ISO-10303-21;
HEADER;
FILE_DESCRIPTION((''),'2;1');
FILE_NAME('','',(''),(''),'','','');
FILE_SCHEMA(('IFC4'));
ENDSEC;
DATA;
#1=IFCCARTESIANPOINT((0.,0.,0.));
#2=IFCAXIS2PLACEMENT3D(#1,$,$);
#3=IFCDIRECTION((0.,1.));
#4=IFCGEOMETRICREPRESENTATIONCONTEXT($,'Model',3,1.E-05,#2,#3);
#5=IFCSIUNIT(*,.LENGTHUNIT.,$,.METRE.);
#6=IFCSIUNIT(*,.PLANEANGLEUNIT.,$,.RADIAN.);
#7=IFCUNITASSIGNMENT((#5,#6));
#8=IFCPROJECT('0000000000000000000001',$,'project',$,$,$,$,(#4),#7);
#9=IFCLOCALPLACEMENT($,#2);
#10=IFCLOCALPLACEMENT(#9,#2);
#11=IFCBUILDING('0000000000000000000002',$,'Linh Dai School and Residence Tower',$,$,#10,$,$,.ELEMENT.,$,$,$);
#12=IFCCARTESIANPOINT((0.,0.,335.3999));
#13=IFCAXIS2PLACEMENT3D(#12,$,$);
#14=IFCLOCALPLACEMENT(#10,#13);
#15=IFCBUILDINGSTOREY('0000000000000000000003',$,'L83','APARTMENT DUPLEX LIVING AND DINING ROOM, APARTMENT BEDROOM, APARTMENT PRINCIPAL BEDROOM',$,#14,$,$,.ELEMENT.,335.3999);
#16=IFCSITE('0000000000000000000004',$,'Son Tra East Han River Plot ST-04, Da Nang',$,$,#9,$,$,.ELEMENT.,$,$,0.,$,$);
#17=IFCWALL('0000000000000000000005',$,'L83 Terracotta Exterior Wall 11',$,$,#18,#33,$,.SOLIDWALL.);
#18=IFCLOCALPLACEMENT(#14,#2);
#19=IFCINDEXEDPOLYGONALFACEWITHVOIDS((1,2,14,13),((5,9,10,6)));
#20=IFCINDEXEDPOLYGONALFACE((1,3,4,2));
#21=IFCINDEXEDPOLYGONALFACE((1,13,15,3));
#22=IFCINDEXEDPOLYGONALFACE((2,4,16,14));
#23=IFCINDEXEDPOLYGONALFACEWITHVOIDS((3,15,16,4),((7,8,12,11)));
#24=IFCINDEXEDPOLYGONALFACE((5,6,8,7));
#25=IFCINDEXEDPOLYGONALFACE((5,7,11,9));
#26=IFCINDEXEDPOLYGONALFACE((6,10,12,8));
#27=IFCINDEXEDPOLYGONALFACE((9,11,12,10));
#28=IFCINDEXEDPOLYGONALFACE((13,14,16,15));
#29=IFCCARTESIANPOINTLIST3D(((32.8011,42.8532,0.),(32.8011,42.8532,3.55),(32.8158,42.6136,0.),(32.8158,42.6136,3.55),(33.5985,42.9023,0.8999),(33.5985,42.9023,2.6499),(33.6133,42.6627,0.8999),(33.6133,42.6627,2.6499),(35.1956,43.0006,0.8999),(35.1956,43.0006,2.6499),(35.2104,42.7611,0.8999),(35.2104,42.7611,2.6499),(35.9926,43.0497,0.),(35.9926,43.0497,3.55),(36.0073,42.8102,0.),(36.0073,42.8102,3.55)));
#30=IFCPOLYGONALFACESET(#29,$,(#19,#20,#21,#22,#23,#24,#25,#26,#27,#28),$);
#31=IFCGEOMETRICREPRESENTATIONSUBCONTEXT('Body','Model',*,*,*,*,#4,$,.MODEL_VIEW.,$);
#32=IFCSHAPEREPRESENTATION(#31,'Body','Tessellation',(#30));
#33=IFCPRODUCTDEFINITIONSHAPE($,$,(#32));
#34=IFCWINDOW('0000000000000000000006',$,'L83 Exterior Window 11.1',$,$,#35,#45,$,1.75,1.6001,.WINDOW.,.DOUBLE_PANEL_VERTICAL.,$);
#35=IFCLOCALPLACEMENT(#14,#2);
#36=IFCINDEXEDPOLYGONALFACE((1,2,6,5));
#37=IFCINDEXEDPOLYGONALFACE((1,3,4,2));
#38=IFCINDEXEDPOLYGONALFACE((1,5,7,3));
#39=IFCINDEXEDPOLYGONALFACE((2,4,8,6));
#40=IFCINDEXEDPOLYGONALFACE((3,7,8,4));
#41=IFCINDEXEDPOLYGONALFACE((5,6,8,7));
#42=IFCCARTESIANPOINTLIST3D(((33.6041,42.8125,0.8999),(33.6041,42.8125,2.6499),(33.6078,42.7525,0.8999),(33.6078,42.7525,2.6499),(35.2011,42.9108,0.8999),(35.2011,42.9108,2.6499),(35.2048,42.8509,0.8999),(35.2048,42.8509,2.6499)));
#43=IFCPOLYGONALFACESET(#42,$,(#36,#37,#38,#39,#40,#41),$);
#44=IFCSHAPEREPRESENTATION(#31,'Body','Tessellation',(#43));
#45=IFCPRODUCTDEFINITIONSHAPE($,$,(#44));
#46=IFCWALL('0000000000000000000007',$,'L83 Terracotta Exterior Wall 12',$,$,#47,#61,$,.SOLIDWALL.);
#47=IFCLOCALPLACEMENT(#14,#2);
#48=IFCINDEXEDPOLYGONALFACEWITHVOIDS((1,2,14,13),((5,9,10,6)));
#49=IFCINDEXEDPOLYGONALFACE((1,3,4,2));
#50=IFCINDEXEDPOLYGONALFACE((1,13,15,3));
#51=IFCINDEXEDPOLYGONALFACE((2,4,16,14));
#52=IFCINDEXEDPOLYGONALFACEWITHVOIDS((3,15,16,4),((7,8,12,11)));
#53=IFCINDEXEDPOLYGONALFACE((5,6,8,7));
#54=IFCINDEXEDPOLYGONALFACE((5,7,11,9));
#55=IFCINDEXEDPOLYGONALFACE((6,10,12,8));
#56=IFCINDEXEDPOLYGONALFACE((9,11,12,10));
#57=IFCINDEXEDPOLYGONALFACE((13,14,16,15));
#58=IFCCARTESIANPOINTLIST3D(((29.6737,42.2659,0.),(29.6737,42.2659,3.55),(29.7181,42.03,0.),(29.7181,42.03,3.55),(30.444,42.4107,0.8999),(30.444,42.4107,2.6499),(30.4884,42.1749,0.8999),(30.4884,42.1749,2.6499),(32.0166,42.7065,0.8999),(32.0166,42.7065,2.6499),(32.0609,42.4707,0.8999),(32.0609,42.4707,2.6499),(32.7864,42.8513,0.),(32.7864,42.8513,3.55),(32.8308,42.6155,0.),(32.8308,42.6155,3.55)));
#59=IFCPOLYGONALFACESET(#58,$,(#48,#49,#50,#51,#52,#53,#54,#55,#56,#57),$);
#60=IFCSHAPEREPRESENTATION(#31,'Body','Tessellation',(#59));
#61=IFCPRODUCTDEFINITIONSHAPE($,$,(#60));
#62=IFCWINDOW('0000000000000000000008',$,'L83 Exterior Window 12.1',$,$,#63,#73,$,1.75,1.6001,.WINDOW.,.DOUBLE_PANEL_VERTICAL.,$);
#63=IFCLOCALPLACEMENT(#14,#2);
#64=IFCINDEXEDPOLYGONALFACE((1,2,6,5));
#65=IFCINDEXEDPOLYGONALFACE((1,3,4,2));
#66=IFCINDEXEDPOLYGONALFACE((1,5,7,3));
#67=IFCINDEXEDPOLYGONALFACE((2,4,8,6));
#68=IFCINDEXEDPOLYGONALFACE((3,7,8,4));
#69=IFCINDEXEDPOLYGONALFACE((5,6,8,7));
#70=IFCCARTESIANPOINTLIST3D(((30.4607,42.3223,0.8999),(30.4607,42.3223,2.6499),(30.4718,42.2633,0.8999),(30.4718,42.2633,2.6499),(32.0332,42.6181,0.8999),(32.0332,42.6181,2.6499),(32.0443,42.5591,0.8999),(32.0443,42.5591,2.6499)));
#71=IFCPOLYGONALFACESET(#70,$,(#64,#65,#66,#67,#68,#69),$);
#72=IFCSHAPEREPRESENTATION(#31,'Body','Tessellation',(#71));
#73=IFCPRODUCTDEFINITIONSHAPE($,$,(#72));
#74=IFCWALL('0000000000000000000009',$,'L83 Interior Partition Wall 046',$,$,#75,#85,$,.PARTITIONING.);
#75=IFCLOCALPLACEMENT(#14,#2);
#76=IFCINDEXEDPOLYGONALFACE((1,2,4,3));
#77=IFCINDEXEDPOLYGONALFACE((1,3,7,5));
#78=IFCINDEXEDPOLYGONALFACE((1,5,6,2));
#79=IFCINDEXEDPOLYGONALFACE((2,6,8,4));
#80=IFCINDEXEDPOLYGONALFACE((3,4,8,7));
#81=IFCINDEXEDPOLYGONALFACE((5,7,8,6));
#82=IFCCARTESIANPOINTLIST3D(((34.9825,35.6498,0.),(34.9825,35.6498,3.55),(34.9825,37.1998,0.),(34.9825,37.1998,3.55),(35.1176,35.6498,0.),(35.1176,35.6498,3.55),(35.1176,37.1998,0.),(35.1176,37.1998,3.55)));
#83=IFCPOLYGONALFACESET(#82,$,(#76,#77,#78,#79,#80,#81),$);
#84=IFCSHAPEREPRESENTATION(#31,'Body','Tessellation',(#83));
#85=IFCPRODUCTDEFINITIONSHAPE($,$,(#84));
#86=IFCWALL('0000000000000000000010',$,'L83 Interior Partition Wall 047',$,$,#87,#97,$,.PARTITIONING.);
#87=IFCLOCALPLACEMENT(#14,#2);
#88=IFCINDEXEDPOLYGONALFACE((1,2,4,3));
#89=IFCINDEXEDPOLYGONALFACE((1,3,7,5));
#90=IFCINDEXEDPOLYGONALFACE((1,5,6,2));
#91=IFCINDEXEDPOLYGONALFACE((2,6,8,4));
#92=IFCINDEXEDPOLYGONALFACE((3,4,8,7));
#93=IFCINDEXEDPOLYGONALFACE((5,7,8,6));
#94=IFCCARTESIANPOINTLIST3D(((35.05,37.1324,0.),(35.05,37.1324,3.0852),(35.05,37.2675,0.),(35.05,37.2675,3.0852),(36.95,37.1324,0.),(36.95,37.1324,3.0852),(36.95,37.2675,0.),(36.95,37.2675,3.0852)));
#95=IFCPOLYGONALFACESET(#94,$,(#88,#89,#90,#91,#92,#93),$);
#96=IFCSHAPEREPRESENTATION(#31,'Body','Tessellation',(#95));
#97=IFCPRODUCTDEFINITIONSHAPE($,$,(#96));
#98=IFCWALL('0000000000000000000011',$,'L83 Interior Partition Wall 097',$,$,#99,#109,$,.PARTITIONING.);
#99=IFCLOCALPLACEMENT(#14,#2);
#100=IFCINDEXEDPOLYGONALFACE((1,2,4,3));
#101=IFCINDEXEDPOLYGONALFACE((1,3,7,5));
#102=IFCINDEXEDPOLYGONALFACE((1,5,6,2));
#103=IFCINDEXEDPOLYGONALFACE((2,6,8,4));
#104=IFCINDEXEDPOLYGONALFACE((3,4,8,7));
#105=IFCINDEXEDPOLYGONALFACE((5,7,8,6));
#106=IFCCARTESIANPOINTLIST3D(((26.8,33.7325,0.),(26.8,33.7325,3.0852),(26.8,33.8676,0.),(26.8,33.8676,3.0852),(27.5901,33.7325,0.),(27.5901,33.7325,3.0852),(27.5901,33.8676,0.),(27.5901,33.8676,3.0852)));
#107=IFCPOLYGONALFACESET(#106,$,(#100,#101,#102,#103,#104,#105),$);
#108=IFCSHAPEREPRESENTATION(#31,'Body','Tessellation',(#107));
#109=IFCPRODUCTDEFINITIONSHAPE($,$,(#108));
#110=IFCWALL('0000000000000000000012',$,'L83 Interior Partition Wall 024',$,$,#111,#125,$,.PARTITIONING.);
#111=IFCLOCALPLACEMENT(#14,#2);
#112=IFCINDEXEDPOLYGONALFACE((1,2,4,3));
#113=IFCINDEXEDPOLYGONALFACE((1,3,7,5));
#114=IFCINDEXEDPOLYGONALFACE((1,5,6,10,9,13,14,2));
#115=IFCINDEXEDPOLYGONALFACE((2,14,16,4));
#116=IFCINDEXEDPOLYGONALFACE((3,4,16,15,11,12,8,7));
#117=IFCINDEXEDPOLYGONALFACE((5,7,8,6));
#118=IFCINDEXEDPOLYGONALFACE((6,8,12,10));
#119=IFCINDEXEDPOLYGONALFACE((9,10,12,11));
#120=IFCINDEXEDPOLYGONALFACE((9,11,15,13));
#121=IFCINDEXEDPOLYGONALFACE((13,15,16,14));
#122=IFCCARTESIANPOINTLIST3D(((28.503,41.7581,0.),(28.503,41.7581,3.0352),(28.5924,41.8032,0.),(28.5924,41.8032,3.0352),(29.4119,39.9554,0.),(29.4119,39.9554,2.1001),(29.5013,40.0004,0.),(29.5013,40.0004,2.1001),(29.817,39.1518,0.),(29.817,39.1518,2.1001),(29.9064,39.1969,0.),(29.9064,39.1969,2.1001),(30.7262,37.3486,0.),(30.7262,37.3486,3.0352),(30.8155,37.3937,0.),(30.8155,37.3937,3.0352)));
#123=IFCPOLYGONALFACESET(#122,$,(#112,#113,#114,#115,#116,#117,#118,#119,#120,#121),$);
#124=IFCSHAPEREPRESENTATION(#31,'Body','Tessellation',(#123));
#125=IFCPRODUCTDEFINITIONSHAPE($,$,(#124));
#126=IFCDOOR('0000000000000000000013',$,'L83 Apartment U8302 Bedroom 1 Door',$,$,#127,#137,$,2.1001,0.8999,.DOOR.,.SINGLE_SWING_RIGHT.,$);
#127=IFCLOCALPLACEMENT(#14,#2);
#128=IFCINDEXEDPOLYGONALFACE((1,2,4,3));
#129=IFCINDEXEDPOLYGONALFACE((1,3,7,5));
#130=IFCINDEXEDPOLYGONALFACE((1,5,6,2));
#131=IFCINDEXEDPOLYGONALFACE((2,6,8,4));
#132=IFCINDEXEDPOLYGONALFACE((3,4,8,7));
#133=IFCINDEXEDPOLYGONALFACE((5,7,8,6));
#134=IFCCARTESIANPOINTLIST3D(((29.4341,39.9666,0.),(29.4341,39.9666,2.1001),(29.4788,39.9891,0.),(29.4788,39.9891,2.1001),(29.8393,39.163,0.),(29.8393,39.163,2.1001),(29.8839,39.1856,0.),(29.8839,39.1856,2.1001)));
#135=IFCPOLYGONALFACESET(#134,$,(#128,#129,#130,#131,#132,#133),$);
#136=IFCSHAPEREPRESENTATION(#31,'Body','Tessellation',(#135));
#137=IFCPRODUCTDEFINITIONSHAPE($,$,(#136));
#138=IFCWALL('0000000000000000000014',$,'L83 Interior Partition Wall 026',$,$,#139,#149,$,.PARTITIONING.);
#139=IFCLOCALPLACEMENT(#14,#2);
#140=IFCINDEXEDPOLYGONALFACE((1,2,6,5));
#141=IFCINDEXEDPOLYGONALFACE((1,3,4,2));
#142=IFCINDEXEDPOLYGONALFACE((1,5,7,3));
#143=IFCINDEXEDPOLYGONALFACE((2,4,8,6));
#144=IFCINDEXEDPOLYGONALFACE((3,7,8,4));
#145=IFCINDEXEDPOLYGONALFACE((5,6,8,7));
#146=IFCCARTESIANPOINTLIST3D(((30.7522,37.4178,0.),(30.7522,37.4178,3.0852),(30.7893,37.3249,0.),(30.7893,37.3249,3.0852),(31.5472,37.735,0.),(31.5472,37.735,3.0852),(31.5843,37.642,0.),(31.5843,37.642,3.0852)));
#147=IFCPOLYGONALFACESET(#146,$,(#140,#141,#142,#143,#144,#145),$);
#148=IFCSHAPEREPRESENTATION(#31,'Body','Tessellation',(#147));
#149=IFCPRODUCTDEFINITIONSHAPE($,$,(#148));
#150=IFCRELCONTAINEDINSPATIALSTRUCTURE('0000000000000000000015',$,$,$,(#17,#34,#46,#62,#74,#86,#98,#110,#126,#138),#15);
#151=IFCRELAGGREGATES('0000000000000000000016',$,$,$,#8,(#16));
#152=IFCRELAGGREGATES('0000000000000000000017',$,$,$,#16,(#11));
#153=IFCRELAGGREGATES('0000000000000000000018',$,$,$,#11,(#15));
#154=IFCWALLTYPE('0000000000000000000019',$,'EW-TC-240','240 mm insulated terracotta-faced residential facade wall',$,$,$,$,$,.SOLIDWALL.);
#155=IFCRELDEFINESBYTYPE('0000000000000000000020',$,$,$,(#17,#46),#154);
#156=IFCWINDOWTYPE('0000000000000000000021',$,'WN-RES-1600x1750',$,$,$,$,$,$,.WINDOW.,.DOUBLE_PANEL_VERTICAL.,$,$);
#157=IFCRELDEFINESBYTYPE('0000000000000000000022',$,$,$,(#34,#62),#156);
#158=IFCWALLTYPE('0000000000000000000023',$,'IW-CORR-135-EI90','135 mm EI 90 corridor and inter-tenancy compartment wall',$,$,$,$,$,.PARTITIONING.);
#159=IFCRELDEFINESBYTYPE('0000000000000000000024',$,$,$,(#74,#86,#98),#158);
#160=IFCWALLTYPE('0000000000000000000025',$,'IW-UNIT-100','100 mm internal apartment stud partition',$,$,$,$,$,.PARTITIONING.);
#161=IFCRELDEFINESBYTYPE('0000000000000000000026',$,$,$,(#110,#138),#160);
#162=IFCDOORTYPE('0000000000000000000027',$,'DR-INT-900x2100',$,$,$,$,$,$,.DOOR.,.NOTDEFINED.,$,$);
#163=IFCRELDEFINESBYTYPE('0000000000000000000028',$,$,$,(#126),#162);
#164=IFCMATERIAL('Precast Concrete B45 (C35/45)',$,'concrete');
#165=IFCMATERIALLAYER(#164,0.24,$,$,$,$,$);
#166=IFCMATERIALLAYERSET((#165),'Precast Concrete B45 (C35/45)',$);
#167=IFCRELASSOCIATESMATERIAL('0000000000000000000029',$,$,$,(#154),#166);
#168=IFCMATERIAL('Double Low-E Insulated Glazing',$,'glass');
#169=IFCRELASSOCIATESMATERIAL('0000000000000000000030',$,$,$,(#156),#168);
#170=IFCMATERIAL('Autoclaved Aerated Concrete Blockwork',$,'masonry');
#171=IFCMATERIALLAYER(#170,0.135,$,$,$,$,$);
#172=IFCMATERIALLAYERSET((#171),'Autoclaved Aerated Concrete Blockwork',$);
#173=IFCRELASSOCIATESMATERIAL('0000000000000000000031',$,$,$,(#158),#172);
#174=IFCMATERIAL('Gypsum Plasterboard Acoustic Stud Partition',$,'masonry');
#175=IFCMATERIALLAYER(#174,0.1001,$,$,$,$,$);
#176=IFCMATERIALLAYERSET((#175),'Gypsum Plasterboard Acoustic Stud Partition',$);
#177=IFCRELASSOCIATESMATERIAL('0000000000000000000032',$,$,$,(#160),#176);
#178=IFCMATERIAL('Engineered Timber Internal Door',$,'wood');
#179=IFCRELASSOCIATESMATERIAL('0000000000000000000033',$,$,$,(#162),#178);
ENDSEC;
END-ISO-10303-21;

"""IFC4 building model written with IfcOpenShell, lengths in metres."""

from ifc_helpers import new_model, si_unit, direction, frame, frame_2d, origin, origin_2d, place, context, subcontext, project, spatial, rectangle, extrude, source, transform, mapped, material, layer, layer_set, type_object, element, fill, save


model = new_model("IFC4")

# Units and contexts
model_context = context("Model", 3, precision=1e-05, world=origin(), true_north=direction((0.0, 1.0)))
body_context = subcontext(model_context, "Body", "Model", "MODEL_VIEW")
ifc_project = project(units=[si_unit("LENGTHUNIT", "METRE"), si_unit("PLANEANGLEUNIT", "RADIAN")], contexts=[model_context])

# Site, building, storey
site_placement = place(None, origin())
site = spatial("IfcSite", under=ifc_project, at=site_placement, Name="Son Tra East Han River Plot ST-04, Da Nang", CompositionType="ELEMENT", RefElevation=0.0)
building_placement = place(site_placement, origin())
building = spatial("IfcBuilding", under=site, at=building_placement, Name="Linh Dai School and Residence Tower", CompositionType="ELEMENT")
storey_placement = place(building_placement, frame((0.0, 0.0, 335.3999)))
storey = spatial("IfcBuildingStorey", under=building, at=storey_placement, Name="L83", Description="APARTMENT DUPLEX LIVING AND DINING ROOM, APARTMENT BEDROOM, APARTMENT PRINCIPAL BEDROOM", CompositionType="ELEMENT", Elevation=335.3999)

# Walls, openings, windows
ifc_material_1 = material(Name="Precast Concrete B45 (C35/45)", Category="concrete")
ifc_layer_1 = layer(ifc_material_1, 0.24)
ifc_layer_set_1 = layer_set([ifc_layer_1], Name="Precast Concrete B45 (C35/45)")
wall_type_1 = type_object("IfcWallType", Name="EW-TC-240", Description="240 mm insulated terracotta-faced residential facade wall", PredefinedType="SOLIDWALL", material=ifc_layer_set_1)
wall_1_placement = place(storey_placement, frame((32.8086, 42.7334, 0.0), z_axis=(0.0, 0.0, 1.0), x_axis=(0.998109, 0.061466, 0.0)))
wall_1 = element("IfcWall", 1, at=wall_1_placement, inside=storey, type_object=wall_type_1, Name="L83 Terracotta Exterior Wall 11", PredefinedType="SOLIDWALL", context=body_context, shape_type="SweptSolid", body=[
    extrude(rectangle(XDim=3.1975, YDim=0.24, at=frame_2d((1.5986, 0.0))), origin(), (0.0, 0.0, 1.0), 3.55),
])
opening_1_placement = place(wall_1_placement, frame((0.7988, 0.0, 0.8999)))
opening_1 = element("IfcOpeningElement", 2, at=opening_1_placement, cuts=wall_1, PredefinedType="OPENING", context=body_context, shape_type="SweptSolid", body=[
    extrude(rectangle(XDim=1.6001, YDim=1.75, at=origin_2d()), frame((0.8, 0.1299, 0.875), z_axis=(0.0, -1.0, 0.0), x_axis=(1.0, 0.0, 0.0)), (0.0, 0.0, 1.0), 0.26),
])
ifc_material_2 = material(Name="Double Low-E Insulated Glazing", Category="glass")
window_type = type_object("IfcWindowType", Name="WN-RES-1600x1750", PartitioningType="DOUBLE_PANEL_VERTICAL", PredefinedType="WINDOW", material=ifc_material_2)
shared_shape_1 = source(origin(), body_context, "Body", "SweptSolid", [
    extrude(rectangle(XDim=1.6001, YDim=1.75, at=origin_2d()), frame((0.8, 0.03, 0.875), z_axis=(0.0, -1.0, 0.0), x_axis=(1.0, 0.0, 0.0)), (0.0, 0.0, 1.0), 0.0601),
])
window_1_placement = place(opening_1_placement, origin())
window_1 = element("IfcWindow", 3, at=window_1_placement, inside=storey, type_object=window_type, Name="L83 Exterior Window 11.1", OverallHeight=1.75, OverallWidth=1.6001, PartitioningType="DOUBLE_PANEL_VERTICAL", PredefinedType="WINDOW", context=body_context, shape_type="MappedRepresentation", body=[
    mapped(shared_shape_1, transform((0.0, 0.0, 0.0), x_axis=(1.0, 0.0, 0.0), y_axis=(0.0, 1.0, 0.0), z_axis=(0.0, 0.0, 1.0), scale=1.0)),
])
fill(opening_1, window_1)
wall_2_placement = place(storey_placement, frame((29.696, 42.1479, 0.0), z_axis=(0.0, 0.0, 1.0), x_axis=(0.982766, 0.184852, 0.0)))
wall_2 = element("IfcWall", 4, at=wall_2_placement, inside=storey, type_object=wall_type_1, Name="L83 Terracotta Exterior Wall 12", PredefinedType="SOLIDWALL", context=body_context, shape_type="SweptSolid", body=[
    extrude(rectangle(XDim=3.1672, YDim=0.24, at=frame_2d((1.5835, 0.0))), origin(), (0.0, 0.0, 1.0), 3.55),
])
opening_2_placement = place(wall_2_placement, frame((0.7837, 0.0, 0.8999)))
opening_2 = element("IfcOpeningElement", 5, at=opening_2_placement, cuts=wall_2, PredefinedType="OPENING", context=body_context, shape_type="SweptSolid", body=[
    extrude(rectangle(XDim=1.6001, YDim=1.75, at=origin_2d()), frame((0.8, 0.1299, 0.875), z_axis=(0.0, -1.0, 0.0), x_axis=(1.0, 0.0, 0.0)), (0.0, 0.0, 1.0), 0.26),
])
window_2_placement = place(opening_2_placement, origin())
window_2 = element("IfcWindow", 6, at=window_2_placement, inside=storey, type_object=window_type, Name="L83 Exterior Window 12.1", OverallHeight=1.75, OverallWidth=1.6001, PartitioningType="DOUBLE_PANEL_VERTICAL", PredefinedType="WINDOW", context=body_context, shape_type="MappedRepresentation", body=[
    mapped(shared_shape_1, transform((0.0, 0.0, 0.0), x_axis=(1.0, 0.0, 0.0), y_axis=(0.0, 1.0, 0.0), z_axis=(0.0, 0.0, 1.0), scale=1.0)),
])
fill(opening_2, window_2)

# Walls
ifc_material_3 = material(Name="Autoclaved Aerated Concrete Blockwork", Category="masonry")
ifc_layer_2 = layer(ifc_material_3, 0.135)
ifc_layer_set_2 = layer_set([ifc_layer_2], Name="Autoclaved Aerated Concrete Blockwork")
wall_type_2 = type_object("IfcWallType", Name="IW-CORR-135-EI90", Description="135 mm EI 90 corridor and inter-tenancy compartment wall", PredefinedType="PARTITIONING", material=ifc_layer_set_2)
wall_3_placement = place(storey_placement, frame((35.05, 35.6499, 0.0), z_axis=(0.0, 0.0, 1.0), x_axis=(0.0, 1.0, 0.0)))
element("IfcWall", 7, at=wall_3_placement, inside=storey, type_object=wall_type_2, Name="L83 Interior Partition Wall 046", PredefinedType="PARTITIONING", context=body_context, shape_type="SweptSolid", body=[
    extrude(rectangle(XDim=1.55, YDim=0.135, at=frame_2d((0.7749, 0.0))), origin(), (0.0, 0.0, 1.0), 3.55),
])
wall_4_placement = place(storey_placement, frame((35.05, 37.2, 0.0), z_axis=(0.0, 0.0, 1.0), x_axis=(1.0, 0.0, 0.0)))
element("IfcWall", 8, at=wall_4_placement, inside=storey, type_object=wall_type_2, Name="L83 Interior Partition Wall 047", PredefinedType="PARTITIONING", context=body_context, shape_type="SweptSolid", body=[
    extrude(rectangle(XDim=1.8999, YDim=0.135, at=frame_2d((0.95, 0.0))), origin(), (0.0, 0.0, 1.0), 3.0852),
])
wall_5_placement = place(storey_placement, frame((27.5901, 33.8, 0.0), z_axis=(0.0, 0.0, 1.0), x_axis=(-1.0, 0.0, 0.0)))
element("IfcWall", 9, at=wall_5_placement, inside=storey, type_object=wall_type_2, Name="L83 Interior Partition Wall 097", PredefinedType="PARTITIONING", context=body_context, shape_type="SweptSolid", body=[
    extrude(rectangle(XDim=0.79, YDim=0.135, at=frame_2d((0.395, 0.0))), origin(), (0.0, 0.0, 1.0), 3.0852),
])

# Wall, opening, door
ifc_material_4 = material(Name="Gypsum Plasterboard Acoustic Stud Partition", Category="masonry")
ifc_layer_3 = layer(ifc_material_4, 0.1001)
ifc_layer_set_3 = layer_set([ifc_layer_3], Name="Gypsum Plasterboard Acoustic Stud Partition")
wall_type_3 = type_object("IfcWallType", Name="IW-UNIT-100", Description="100 mm internal apartment stud partition", PredefinedType="PARTITIONING", material=ifc_layer_set_3)
wall_6_placement = place(storey_placement, frame((28.5476, 41.7808, 0.0), z_axis=(0.0, 0.0, 1.0), x_axis=(0.450197, -0.892929, 0.0)))
wall_6 = element("IfcWall", 10, at=wall_6_placement, inside=storey, type_object=wall_type_3, Name="L83 Interior Partition Wall 024", PredefinedType="PARTITIONING", context=body_context, shape_type="SweptSolid", body=[
    extrude(rectangle(XDim=4.9382, YDim=0.1001, at=frame_2d((2.4692, 0.0))), origin(), (0.0, 0.0, 1.0), 3.0352),
])
opening_3_placement = place(wall_6_placement, frame((2.019, 0.0, 0.0)))
opening_3 = element("IfcOpeningElement", 11, at=opening_3_placement, cuts=wall_6, PredefinedType="OPENING", context=body_context, shape_type="SweptSolid", body=[
    extrude(rectangle(XDim=0.8999, YDim=2.1001, at=origin_2d()), frame((0.45, 0.0601, 1.05), z_axis=(0.0, -1.0, 0.0), x_axis=(1.0, 0.0, 0.0)), (0.0, 0.0, 1.0), 0.1201),
])
ifc_material_5 = material(Name="Engineered Timber Internal Door", Category="wood")
door_type_1 = type_object("IfcDoorType", Name="DR-INT-900x2100", OperationType="NOTDEFINED", PredefinedType="DOOR", material=ifc_material_5)
shared_shape_2 = source(origin(), body_context, "Body", "SweptSolid", [
    extrude(rectangle(XDim=0.8999, YDim=2.1001, at=origin_2d()), frame((0.45, 0.0249, 1.05), z_axis=(0.0, -1.0, 0.0), x_axis=(1.0, 0.0, 0.0)), (0.0, 0.0, 1.0), 0.05),
])
door_1_placement = place(opening_3_placement, origin())
door_1 = element("IfcDoor", 12, at=door_1_placement, inside=storey, type_object=door_type_1, Name="L83 Apartment U8302 Bedroom 1 Door", OperationType="SINGLE_SWING_RIGHT", OverallHeight=2.1001, OverallWidth=0.8999, PredefinedType="DOOR", context=body_context, shape_type="MappedRepresentation", body=[
    mapped(shared_shape_2, transform((0.0, 0.0, 0.0), x_axis=(1.0, 0.0, 0.0), y_axis=(0.0, 1.0, 0.0), z_axis=(0.0, 0.0, 1.0), scale=1.0)),
])
fill(opening_3, door_1)

# Wall
wall_7_placement = place(storey_placement, frame((30.7708, 37.3713, 0.0), z_axis=(0.0, 0.0, 1.0), x_axis=(0.928811, 0.370554, 0.0)))
element("IfcWall", 13, at=wall_7_placement, inside=storey, type_object=wall_type_3, Name="L83 Interior Partition Wall 026", PredefinedType="PARTITIONING", context=body_context, shape_type="SweptSolid", body=[
    extrude(rectangle(XDim=0.856, YDim=0.1001, at=frame_2d((0.428, 0.0))), origin(), (0.0, 0.0, 1.0), 3.0852),
])

save(model, "model.ifc")
